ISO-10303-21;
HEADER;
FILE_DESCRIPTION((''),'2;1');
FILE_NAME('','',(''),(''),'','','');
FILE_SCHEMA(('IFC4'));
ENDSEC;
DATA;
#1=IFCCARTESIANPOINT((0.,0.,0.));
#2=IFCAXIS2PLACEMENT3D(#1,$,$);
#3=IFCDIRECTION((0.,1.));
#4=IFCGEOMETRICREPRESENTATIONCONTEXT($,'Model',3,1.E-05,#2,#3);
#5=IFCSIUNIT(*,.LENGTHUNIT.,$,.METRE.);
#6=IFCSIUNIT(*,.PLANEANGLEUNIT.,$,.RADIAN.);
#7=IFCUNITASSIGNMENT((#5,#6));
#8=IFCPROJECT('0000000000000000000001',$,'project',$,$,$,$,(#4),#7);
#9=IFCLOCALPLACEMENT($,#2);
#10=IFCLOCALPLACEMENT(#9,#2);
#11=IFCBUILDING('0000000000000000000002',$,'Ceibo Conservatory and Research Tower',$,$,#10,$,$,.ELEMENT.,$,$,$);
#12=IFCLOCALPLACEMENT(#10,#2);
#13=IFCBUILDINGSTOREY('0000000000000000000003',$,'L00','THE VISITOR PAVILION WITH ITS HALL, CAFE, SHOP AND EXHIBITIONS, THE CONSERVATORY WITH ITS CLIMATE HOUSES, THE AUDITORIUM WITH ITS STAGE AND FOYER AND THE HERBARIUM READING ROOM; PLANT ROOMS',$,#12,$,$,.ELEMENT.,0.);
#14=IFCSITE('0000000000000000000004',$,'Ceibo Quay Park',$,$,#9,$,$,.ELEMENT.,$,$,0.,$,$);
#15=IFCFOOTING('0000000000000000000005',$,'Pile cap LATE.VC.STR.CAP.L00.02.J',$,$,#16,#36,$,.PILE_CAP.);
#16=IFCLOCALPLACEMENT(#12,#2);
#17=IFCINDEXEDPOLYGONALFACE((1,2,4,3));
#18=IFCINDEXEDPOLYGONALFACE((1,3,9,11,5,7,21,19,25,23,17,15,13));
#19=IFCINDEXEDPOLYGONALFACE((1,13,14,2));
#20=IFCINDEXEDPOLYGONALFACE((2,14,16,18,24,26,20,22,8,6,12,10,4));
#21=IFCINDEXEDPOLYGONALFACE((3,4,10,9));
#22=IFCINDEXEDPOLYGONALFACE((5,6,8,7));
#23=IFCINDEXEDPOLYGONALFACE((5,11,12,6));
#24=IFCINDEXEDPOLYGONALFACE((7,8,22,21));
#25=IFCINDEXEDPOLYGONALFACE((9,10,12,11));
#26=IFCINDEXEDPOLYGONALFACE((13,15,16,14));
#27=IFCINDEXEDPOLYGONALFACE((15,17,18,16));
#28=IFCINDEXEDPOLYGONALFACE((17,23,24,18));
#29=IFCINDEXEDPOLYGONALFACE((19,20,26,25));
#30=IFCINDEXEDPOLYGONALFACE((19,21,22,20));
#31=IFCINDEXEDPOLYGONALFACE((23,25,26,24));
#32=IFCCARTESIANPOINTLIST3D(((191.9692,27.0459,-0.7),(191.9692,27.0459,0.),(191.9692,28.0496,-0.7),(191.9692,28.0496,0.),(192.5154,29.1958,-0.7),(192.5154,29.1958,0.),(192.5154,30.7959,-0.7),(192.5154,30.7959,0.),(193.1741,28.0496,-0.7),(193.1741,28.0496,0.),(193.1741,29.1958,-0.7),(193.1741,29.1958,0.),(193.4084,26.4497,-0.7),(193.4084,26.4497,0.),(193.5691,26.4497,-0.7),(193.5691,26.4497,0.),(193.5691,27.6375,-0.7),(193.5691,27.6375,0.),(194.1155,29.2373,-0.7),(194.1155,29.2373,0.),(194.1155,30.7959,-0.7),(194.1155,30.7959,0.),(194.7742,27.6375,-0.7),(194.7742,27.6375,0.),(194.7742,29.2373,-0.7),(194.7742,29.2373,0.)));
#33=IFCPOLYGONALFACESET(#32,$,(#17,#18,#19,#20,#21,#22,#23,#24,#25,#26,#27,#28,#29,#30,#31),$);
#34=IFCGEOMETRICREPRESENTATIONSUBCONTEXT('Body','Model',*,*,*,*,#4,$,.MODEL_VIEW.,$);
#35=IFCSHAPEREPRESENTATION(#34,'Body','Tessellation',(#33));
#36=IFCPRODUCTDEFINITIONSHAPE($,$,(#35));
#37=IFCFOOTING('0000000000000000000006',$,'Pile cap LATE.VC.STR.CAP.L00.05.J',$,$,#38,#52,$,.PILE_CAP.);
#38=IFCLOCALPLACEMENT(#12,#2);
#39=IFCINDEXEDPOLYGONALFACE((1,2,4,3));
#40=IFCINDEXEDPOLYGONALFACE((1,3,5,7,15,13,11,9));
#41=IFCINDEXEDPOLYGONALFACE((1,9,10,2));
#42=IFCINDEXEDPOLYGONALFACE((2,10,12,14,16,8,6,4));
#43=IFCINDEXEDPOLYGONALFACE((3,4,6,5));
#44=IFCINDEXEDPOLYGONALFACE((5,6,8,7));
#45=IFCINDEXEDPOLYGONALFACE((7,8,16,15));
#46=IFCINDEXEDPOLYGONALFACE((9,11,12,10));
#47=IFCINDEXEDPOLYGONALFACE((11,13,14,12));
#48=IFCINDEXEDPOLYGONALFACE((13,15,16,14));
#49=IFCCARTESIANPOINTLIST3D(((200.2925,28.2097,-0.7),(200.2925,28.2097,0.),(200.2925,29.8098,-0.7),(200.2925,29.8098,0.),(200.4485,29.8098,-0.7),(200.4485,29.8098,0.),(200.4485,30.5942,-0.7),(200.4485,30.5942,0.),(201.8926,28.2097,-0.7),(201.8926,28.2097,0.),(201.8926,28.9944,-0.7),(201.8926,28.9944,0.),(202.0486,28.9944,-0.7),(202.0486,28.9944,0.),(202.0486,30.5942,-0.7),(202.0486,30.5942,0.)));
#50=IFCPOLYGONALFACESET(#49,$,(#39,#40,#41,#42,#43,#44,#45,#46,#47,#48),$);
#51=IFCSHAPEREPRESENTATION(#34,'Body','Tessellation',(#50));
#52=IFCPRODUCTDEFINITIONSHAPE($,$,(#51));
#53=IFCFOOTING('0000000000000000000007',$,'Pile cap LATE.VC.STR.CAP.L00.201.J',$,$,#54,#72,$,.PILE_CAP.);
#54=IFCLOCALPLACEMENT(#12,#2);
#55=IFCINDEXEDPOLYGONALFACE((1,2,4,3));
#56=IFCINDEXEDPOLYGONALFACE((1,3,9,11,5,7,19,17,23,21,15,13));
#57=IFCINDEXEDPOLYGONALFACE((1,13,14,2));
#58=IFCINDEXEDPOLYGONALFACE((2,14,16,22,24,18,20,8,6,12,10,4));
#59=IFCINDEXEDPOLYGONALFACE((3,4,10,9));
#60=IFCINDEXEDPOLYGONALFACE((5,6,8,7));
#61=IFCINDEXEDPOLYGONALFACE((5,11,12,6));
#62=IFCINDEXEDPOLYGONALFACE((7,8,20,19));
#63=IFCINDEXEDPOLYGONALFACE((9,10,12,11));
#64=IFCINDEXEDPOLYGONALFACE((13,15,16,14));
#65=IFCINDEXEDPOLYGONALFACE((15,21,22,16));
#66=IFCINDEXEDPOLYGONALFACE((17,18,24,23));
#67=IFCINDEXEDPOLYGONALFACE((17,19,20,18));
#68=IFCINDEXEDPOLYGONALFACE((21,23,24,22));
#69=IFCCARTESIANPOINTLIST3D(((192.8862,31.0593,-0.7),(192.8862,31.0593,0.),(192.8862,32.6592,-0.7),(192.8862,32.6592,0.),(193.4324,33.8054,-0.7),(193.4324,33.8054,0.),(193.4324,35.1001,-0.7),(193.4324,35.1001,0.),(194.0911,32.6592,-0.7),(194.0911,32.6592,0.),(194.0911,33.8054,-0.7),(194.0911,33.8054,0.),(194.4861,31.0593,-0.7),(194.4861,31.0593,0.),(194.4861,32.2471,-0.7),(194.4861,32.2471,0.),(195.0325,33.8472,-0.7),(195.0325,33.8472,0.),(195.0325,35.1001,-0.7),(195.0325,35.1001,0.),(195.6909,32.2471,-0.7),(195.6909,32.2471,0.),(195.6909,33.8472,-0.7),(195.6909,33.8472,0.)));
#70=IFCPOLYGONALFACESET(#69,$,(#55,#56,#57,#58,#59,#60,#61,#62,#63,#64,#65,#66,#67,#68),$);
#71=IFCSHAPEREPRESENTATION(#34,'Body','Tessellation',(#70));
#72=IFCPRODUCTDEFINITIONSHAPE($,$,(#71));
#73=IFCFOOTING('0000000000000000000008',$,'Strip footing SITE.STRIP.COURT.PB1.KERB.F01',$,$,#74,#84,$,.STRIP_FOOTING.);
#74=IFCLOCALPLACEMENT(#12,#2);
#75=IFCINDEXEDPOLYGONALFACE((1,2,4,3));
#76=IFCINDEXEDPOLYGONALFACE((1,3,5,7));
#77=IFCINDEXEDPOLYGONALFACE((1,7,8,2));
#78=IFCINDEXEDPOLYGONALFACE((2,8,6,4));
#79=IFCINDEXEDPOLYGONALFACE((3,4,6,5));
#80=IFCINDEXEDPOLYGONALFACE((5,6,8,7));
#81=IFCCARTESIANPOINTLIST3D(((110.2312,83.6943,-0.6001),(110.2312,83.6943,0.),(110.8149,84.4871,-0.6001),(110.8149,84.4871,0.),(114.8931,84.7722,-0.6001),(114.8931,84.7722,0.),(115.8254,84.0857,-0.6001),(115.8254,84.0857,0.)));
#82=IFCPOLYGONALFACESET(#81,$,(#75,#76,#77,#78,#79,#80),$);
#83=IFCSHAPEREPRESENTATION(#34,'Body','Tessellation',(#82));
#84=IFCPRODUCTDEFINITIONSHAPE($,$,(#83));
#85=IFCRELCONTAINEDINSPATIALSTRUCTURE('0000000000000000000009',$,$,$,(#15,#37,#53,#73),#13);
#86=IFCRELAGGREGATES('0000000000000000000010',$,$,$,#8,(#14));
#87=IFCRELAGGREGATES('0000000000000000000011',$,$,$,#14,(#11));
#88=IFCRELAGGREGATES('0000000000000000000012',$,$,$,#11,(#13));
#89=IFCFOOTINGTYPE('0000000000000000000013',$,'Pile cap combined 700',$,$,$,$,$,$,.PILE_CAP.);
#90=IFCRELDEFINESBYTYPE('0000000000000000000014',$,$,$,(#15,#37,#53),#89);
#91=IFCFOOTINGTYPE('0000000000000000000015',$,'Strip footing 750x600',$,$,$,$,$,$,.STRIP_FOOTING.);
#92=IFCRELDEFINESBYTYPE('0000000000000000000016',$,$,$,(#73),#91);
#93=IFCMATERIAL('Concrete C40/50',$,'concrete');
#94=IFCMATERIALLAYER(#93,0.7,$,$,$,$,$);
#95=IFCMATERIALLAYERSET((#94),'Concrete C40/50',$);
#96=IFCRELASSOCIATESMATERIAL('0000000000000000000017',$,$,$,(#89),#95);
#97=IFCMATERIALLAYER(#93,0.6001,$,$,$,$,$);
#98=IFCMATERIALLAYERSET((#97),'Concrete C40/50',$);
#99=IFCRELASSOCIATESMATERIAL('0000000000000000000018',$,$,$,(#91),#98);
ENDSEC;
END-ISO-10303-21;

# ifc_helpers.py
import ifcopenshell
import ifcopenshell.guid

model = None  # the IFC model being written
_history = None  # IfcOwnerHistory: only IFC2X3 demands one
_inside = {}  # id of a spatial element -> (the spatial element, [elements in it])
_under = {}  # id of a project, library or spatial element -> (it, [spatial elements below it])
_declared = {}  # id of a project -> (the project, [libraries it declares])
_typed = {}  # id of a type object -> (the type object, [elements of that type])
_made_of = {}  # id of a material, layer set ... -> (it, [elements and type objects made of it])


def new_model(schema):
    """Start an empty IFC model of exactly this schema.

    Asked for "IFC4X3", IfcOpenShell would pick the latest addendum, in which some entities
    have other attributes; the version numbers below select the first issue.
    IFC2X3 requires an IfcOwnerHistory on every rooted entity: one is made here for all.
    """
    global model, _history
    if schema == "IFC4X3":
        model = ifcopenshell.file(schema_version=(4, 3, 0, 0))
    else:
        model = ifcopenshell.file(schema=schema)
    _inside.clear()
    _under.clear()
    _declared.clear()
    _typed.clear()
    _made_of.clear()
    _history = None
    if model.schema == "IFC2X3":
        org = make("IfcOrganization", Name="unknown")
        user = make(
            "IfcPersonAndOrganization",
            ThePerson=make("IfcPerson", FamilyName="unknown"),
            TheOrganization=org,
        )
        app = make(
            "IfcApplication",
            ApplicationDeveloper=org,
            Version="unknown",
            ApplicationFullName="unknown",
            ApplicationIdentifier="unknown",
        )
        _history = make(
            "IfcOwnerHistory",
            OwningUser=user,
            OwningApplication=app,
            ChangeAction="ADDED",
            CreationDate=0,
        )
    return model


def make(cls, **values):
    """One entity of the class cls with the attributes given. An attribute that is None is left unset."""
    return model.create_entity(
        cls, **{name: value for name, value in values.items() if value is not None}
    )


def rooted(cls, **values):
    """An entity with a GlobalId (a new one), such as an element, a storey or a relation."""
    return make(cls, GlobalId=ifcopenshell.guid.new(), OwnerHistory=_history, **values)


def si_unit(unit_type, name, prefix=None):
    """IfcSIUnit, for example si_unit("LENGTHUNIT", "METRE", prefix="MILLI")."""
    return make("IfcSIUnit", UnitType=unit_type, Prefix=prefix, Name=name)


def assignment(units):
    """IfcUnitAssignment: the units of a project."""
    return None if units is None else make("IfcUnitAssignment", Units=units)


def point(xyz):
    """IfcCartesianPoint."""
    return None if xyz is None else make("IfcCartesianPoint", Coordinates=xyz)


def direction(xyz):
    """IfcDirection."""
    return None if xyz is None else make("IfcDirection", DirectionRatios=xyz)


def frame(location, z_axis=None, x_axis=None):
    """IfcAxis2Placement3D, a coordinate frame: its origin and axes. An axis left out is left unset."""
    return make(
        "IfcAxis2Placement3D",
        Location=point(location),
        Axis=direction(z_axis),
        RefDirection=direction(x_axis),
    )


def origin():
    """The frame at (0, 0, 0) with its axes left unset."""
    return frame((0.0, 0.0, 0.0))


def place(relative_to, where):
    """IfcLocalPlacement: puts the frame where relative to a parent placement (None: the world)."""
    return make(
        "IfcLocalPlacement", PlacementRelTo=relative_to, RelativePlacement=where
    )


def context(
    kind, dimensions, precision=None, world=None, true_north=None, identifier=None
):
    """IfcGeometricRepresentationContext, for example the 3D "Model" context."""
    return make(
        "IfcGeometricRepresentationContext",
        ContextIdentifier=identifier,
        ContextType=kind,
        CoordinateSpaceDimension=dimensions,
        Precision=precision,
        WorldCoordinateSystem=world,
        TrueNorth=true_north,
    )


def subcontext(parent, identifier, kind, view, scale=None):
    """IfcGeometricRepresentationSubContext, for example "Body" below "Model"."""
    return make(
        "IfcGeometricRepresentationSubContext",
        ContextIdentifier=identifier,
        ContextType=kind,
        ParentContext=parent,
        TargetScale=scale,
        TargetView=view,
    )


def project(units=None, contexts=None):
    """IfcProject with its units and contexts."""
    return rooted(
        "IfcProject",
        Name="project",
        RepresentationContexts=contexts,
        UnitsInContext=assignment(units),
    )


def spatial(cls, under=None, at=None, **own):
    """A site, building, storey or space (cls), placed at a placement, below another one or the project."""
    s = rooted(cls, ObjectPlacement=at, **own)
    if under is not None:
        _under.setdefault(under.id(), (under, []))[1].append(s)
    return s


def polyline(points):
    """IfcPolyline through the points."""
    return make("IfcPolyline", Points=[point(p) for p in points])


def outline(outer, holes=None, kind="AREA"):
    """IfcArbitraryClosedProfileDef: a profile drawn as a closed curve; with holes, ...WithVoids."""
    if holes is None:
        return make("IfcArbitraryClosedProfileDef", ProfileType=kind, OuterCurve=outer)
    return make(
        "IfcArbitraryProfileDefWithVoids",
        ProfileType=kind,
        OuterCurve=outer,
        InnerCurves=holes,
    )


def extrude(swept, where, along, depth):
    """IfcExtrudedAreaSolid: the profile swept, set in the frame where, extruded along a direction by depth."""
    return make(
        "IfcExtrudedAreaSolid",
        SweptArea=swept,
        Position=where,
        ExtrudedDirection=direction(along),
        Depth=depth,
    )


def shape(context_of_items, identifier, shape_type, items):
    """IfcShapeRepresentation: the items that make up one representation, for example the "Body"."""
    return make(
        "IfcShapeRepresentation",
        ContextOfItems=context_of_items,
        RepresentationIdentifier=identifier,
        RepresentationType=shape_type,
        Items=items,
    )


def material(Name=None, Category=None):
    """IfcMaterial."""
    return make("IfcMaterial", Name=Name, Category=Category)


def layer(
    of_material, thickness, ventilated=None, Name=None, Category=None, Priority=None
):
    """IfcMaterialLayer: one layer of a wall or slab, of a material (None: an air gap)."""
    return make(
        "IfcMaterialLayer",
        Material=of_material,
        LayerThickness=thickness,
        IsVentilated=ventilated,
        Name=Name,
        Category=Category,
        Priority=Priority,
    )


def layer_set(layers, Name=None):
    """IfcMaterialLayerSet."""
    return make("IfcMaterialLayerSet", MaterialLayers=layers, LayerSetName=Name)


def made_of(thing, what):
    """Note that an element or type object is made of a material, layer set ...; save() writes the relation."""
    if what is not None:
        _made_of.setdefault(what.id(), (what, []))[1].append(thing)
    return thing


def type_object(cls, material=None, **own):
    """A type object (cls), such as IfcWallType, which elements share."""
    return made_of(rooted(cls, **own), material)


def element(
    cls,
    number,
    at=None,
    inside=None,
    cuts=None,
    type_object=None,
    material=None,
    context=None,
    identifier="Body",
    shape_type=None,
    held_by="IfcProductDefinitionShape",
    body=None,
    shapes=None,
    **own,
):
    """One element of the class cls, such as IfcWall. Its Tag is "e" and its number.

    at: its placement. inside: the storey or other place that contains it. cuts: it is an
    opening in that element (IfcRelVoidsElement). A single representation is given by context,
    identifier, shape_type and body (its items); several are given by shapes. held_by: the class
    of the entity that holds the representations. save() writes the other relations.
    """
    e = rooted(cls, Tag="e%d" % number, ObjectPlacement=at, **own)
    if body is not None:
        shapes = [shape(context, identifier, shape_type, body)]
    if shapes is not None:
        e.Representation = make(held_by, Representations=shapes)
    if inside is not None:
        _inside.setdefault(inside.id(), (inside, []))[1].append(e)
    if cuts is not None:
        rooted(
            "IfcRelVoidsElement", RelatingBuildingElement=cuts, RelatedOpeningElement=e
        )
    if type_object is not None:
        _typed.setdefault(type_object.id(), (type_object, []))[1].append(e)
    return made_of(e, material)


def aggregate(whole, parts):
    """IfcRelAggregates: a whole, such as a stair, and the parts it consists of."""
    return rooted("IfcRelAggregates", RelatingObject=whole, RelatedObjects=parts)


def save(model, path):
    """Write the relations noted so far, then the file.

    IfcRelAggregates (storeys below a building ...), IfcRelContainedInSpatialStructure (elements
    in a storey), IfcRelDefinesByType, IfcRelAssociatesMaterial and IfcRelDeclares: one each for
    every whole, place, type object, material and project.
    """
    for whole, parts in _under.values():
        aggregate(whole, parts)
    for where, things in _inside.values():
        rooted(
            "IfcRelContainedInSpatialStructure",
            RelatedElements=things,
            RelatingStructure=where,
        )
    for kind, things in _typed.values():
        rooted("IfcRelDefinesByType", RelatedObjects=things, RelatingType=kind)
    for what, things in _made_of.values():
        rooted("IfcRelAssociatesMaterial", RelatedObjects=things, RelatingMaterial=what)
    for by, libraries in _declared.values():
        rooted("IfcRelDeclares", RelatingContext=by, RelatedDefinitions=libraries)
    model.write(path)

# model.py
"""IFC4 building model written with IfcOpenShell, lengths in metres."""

from ifc_helpers import new_model, si_unit, direction, frame, origin, place, context, subcontext, project, spatial, polyline, outline, extrude, material, layer, layer_set, type_object, element, save


model = new_model("IFC4")

# Units and contexts
model_context = context("Model", 3, precision=1e-05, world=origin(), true_north=direction((0.0, 1.0)))
body_context = subcontext(model_context, "Body", "Model", "MODEL_VIEW")
ifc_project = project(units=[si_unit("LENGTHUNIT", "METRE"), si_unit("PLANEANGLEUNIT", "RADIAN")], contexts=[model_context])

# Site, building, storey
site_placement = place(None, origin())
site = spatial("IfcSite", under=ifc_project, at=site_placement, Name="Ceibo Quay Park", CompositionType="ELEMENT", RefElevation=0.0)
building_placement = place(site_placement, origin())
building = spatial("IfcBuilding", under=site, at=building_placement, Name="Ceibo Conservatory and Research Tower", CompositionType="ELEMENT")
storey_placement = place(building_placement, origin())
storey = spatial("IfcBuildingStorey", under=building, at=storey_placement, Name="L00", Description="THE VISITOR PAVILION WITH ITS HALL, CAFE, SHOP AND EXHIBITIONS, THE CONSERVATORY WITH ITS CLIMATE HOUSES, THE AUDITORIUM WITH ITS STAGE AND FOYER AND THE HERBARIUM READING ROOM; PLANT ROOMS", CompositionType="ELEMENT", Elevation=0.0)

# Footings
ifc_material = material(Name="Concrete C40/50", Category="concrete")
ifc_layer_1 = layer(ifc_material, 0.7)
ifc_layer_set_1 = layer_set([ifc_layer_1], Name="Concrete C40/50")
footing_type_1 = type_object("IfcFootingType", Name="Pile cap combined 700", PredefinedType="PILE_CAP", material=ifc_layer_set_1)
footing_1_placement = place(storey_placement, frame((0.0, 0.0, -0.7)))
element("IfcFooting", 1, at=footing_1_placement, inside=storey, type_object=footing_type_1, Name="Pile cap LATE.VC.STR.CAP.L00.02.J", PredefinedType="PILE_CAP", context=body_context, shape_type="SweptSolid", body=[
    extrude(outline(polyline([(193.5691, 26.4497), (193.5691, 27.6375), (194.7742, 27.6375), (194.7742, 29.2373), (194.1155, 29.2373), (194.1155, 30.7959), (192.5154, 30.7959), (192.5154, 29.1958), (193.1741, 29.1958), (193.1741, 28.0496), (191.9692, 28.0496), (191.9692, 27.0459), (193.4084, 26.4497), (193.5691, 26.4497)])), origin(), (0.0, 0.0, 1.0), 0.7),
])
footing_2_placement = place(storey_placement, frame((0.0, 0.0, -0.7)))
element("IfcFooting", 2, at=footing_2_placement, inside=storey, type_object=footing_type_1, Name="Pile cap LATE.VC.STR.CAP.L00.05.J", PredefinedType="PILE_CAP", context=body_context, shape_type="SweptSolid", body=[
    extrude(outline(polyline([(201.8926, 28.2097), (201.8926, 28.9944), (202.0486, 28.9944), (202.0486, 30.5942), (200.4485, 30.5942), (200.4485, 29.8098), (200.2925, 29.8098), (200.2925, 28.2097), (201.8926, 28.2097)])), origin(), (0.0, 0.0, 1.0), 0.7),
])
footing_3_placement = place(storey_placement, frame((0.0, 0.0, -0.7)))
element("IfcFooting", 3, at=footing_3_placement, inside=storey, type_object=footing_type_1, Name="Pile cap LATE.VC.STR.CAP.L00.201.J", PredefinedType="PILE_CAP", context=body_context, shape_type="SweptSolid", body=[
    extrude(outline(polyline([(194.4861, 31.0593), (194.4861, 32.2471), (195.6909, 32.2471), (195.6909, 33.8472), (195.0325, 33.8472), (195.0325, 35.1001), (193.4324, 35.1001), (193.4324, 33.8054), (194.0911, 33.8054), (194.0911, 32.6592), (192.8862, 32.6592), (192.8862, 31.0593), (194.4861, 31.0593)])), origin(), (0.0, 0.0, 1.0), 0.7),
])
ifc_layer_2 = layer(ifc_material, 0.6001)
ifc_layer_set_2 = layer_set([ifc_layer_2], Name="Concrete C40/50")
footing_type_2 = type_object("IfcFootingType", Name="Strip footing 750x600", PredefinedType="STRIP_FOOTING", material=ifc_layer_set_2)
footing_4_placement = place(storey_placement, frame((0.0, 0.0, -0.6001)))
element("IfcFooting", 4, at=footing_4_placement, inside=storey, type_object=footing_type_2, Name="Strip footing SITE.STRIP.COURT.PB1.KERB.F01", PredefinedType="STRIP_FOOTING", context=body_context, shape_type="SweptSolid", body=[
    extrude(outline(polyline([(110.2312, 83.6943), (115.8254, 84.0857), (114.8931, 84.7722), (110.8149, 84.4871), (110.2312, 83.6943)])), origin(), (0.0, 0.0, 1.0), 0.6001),
])

save(model, "model.ifc")
